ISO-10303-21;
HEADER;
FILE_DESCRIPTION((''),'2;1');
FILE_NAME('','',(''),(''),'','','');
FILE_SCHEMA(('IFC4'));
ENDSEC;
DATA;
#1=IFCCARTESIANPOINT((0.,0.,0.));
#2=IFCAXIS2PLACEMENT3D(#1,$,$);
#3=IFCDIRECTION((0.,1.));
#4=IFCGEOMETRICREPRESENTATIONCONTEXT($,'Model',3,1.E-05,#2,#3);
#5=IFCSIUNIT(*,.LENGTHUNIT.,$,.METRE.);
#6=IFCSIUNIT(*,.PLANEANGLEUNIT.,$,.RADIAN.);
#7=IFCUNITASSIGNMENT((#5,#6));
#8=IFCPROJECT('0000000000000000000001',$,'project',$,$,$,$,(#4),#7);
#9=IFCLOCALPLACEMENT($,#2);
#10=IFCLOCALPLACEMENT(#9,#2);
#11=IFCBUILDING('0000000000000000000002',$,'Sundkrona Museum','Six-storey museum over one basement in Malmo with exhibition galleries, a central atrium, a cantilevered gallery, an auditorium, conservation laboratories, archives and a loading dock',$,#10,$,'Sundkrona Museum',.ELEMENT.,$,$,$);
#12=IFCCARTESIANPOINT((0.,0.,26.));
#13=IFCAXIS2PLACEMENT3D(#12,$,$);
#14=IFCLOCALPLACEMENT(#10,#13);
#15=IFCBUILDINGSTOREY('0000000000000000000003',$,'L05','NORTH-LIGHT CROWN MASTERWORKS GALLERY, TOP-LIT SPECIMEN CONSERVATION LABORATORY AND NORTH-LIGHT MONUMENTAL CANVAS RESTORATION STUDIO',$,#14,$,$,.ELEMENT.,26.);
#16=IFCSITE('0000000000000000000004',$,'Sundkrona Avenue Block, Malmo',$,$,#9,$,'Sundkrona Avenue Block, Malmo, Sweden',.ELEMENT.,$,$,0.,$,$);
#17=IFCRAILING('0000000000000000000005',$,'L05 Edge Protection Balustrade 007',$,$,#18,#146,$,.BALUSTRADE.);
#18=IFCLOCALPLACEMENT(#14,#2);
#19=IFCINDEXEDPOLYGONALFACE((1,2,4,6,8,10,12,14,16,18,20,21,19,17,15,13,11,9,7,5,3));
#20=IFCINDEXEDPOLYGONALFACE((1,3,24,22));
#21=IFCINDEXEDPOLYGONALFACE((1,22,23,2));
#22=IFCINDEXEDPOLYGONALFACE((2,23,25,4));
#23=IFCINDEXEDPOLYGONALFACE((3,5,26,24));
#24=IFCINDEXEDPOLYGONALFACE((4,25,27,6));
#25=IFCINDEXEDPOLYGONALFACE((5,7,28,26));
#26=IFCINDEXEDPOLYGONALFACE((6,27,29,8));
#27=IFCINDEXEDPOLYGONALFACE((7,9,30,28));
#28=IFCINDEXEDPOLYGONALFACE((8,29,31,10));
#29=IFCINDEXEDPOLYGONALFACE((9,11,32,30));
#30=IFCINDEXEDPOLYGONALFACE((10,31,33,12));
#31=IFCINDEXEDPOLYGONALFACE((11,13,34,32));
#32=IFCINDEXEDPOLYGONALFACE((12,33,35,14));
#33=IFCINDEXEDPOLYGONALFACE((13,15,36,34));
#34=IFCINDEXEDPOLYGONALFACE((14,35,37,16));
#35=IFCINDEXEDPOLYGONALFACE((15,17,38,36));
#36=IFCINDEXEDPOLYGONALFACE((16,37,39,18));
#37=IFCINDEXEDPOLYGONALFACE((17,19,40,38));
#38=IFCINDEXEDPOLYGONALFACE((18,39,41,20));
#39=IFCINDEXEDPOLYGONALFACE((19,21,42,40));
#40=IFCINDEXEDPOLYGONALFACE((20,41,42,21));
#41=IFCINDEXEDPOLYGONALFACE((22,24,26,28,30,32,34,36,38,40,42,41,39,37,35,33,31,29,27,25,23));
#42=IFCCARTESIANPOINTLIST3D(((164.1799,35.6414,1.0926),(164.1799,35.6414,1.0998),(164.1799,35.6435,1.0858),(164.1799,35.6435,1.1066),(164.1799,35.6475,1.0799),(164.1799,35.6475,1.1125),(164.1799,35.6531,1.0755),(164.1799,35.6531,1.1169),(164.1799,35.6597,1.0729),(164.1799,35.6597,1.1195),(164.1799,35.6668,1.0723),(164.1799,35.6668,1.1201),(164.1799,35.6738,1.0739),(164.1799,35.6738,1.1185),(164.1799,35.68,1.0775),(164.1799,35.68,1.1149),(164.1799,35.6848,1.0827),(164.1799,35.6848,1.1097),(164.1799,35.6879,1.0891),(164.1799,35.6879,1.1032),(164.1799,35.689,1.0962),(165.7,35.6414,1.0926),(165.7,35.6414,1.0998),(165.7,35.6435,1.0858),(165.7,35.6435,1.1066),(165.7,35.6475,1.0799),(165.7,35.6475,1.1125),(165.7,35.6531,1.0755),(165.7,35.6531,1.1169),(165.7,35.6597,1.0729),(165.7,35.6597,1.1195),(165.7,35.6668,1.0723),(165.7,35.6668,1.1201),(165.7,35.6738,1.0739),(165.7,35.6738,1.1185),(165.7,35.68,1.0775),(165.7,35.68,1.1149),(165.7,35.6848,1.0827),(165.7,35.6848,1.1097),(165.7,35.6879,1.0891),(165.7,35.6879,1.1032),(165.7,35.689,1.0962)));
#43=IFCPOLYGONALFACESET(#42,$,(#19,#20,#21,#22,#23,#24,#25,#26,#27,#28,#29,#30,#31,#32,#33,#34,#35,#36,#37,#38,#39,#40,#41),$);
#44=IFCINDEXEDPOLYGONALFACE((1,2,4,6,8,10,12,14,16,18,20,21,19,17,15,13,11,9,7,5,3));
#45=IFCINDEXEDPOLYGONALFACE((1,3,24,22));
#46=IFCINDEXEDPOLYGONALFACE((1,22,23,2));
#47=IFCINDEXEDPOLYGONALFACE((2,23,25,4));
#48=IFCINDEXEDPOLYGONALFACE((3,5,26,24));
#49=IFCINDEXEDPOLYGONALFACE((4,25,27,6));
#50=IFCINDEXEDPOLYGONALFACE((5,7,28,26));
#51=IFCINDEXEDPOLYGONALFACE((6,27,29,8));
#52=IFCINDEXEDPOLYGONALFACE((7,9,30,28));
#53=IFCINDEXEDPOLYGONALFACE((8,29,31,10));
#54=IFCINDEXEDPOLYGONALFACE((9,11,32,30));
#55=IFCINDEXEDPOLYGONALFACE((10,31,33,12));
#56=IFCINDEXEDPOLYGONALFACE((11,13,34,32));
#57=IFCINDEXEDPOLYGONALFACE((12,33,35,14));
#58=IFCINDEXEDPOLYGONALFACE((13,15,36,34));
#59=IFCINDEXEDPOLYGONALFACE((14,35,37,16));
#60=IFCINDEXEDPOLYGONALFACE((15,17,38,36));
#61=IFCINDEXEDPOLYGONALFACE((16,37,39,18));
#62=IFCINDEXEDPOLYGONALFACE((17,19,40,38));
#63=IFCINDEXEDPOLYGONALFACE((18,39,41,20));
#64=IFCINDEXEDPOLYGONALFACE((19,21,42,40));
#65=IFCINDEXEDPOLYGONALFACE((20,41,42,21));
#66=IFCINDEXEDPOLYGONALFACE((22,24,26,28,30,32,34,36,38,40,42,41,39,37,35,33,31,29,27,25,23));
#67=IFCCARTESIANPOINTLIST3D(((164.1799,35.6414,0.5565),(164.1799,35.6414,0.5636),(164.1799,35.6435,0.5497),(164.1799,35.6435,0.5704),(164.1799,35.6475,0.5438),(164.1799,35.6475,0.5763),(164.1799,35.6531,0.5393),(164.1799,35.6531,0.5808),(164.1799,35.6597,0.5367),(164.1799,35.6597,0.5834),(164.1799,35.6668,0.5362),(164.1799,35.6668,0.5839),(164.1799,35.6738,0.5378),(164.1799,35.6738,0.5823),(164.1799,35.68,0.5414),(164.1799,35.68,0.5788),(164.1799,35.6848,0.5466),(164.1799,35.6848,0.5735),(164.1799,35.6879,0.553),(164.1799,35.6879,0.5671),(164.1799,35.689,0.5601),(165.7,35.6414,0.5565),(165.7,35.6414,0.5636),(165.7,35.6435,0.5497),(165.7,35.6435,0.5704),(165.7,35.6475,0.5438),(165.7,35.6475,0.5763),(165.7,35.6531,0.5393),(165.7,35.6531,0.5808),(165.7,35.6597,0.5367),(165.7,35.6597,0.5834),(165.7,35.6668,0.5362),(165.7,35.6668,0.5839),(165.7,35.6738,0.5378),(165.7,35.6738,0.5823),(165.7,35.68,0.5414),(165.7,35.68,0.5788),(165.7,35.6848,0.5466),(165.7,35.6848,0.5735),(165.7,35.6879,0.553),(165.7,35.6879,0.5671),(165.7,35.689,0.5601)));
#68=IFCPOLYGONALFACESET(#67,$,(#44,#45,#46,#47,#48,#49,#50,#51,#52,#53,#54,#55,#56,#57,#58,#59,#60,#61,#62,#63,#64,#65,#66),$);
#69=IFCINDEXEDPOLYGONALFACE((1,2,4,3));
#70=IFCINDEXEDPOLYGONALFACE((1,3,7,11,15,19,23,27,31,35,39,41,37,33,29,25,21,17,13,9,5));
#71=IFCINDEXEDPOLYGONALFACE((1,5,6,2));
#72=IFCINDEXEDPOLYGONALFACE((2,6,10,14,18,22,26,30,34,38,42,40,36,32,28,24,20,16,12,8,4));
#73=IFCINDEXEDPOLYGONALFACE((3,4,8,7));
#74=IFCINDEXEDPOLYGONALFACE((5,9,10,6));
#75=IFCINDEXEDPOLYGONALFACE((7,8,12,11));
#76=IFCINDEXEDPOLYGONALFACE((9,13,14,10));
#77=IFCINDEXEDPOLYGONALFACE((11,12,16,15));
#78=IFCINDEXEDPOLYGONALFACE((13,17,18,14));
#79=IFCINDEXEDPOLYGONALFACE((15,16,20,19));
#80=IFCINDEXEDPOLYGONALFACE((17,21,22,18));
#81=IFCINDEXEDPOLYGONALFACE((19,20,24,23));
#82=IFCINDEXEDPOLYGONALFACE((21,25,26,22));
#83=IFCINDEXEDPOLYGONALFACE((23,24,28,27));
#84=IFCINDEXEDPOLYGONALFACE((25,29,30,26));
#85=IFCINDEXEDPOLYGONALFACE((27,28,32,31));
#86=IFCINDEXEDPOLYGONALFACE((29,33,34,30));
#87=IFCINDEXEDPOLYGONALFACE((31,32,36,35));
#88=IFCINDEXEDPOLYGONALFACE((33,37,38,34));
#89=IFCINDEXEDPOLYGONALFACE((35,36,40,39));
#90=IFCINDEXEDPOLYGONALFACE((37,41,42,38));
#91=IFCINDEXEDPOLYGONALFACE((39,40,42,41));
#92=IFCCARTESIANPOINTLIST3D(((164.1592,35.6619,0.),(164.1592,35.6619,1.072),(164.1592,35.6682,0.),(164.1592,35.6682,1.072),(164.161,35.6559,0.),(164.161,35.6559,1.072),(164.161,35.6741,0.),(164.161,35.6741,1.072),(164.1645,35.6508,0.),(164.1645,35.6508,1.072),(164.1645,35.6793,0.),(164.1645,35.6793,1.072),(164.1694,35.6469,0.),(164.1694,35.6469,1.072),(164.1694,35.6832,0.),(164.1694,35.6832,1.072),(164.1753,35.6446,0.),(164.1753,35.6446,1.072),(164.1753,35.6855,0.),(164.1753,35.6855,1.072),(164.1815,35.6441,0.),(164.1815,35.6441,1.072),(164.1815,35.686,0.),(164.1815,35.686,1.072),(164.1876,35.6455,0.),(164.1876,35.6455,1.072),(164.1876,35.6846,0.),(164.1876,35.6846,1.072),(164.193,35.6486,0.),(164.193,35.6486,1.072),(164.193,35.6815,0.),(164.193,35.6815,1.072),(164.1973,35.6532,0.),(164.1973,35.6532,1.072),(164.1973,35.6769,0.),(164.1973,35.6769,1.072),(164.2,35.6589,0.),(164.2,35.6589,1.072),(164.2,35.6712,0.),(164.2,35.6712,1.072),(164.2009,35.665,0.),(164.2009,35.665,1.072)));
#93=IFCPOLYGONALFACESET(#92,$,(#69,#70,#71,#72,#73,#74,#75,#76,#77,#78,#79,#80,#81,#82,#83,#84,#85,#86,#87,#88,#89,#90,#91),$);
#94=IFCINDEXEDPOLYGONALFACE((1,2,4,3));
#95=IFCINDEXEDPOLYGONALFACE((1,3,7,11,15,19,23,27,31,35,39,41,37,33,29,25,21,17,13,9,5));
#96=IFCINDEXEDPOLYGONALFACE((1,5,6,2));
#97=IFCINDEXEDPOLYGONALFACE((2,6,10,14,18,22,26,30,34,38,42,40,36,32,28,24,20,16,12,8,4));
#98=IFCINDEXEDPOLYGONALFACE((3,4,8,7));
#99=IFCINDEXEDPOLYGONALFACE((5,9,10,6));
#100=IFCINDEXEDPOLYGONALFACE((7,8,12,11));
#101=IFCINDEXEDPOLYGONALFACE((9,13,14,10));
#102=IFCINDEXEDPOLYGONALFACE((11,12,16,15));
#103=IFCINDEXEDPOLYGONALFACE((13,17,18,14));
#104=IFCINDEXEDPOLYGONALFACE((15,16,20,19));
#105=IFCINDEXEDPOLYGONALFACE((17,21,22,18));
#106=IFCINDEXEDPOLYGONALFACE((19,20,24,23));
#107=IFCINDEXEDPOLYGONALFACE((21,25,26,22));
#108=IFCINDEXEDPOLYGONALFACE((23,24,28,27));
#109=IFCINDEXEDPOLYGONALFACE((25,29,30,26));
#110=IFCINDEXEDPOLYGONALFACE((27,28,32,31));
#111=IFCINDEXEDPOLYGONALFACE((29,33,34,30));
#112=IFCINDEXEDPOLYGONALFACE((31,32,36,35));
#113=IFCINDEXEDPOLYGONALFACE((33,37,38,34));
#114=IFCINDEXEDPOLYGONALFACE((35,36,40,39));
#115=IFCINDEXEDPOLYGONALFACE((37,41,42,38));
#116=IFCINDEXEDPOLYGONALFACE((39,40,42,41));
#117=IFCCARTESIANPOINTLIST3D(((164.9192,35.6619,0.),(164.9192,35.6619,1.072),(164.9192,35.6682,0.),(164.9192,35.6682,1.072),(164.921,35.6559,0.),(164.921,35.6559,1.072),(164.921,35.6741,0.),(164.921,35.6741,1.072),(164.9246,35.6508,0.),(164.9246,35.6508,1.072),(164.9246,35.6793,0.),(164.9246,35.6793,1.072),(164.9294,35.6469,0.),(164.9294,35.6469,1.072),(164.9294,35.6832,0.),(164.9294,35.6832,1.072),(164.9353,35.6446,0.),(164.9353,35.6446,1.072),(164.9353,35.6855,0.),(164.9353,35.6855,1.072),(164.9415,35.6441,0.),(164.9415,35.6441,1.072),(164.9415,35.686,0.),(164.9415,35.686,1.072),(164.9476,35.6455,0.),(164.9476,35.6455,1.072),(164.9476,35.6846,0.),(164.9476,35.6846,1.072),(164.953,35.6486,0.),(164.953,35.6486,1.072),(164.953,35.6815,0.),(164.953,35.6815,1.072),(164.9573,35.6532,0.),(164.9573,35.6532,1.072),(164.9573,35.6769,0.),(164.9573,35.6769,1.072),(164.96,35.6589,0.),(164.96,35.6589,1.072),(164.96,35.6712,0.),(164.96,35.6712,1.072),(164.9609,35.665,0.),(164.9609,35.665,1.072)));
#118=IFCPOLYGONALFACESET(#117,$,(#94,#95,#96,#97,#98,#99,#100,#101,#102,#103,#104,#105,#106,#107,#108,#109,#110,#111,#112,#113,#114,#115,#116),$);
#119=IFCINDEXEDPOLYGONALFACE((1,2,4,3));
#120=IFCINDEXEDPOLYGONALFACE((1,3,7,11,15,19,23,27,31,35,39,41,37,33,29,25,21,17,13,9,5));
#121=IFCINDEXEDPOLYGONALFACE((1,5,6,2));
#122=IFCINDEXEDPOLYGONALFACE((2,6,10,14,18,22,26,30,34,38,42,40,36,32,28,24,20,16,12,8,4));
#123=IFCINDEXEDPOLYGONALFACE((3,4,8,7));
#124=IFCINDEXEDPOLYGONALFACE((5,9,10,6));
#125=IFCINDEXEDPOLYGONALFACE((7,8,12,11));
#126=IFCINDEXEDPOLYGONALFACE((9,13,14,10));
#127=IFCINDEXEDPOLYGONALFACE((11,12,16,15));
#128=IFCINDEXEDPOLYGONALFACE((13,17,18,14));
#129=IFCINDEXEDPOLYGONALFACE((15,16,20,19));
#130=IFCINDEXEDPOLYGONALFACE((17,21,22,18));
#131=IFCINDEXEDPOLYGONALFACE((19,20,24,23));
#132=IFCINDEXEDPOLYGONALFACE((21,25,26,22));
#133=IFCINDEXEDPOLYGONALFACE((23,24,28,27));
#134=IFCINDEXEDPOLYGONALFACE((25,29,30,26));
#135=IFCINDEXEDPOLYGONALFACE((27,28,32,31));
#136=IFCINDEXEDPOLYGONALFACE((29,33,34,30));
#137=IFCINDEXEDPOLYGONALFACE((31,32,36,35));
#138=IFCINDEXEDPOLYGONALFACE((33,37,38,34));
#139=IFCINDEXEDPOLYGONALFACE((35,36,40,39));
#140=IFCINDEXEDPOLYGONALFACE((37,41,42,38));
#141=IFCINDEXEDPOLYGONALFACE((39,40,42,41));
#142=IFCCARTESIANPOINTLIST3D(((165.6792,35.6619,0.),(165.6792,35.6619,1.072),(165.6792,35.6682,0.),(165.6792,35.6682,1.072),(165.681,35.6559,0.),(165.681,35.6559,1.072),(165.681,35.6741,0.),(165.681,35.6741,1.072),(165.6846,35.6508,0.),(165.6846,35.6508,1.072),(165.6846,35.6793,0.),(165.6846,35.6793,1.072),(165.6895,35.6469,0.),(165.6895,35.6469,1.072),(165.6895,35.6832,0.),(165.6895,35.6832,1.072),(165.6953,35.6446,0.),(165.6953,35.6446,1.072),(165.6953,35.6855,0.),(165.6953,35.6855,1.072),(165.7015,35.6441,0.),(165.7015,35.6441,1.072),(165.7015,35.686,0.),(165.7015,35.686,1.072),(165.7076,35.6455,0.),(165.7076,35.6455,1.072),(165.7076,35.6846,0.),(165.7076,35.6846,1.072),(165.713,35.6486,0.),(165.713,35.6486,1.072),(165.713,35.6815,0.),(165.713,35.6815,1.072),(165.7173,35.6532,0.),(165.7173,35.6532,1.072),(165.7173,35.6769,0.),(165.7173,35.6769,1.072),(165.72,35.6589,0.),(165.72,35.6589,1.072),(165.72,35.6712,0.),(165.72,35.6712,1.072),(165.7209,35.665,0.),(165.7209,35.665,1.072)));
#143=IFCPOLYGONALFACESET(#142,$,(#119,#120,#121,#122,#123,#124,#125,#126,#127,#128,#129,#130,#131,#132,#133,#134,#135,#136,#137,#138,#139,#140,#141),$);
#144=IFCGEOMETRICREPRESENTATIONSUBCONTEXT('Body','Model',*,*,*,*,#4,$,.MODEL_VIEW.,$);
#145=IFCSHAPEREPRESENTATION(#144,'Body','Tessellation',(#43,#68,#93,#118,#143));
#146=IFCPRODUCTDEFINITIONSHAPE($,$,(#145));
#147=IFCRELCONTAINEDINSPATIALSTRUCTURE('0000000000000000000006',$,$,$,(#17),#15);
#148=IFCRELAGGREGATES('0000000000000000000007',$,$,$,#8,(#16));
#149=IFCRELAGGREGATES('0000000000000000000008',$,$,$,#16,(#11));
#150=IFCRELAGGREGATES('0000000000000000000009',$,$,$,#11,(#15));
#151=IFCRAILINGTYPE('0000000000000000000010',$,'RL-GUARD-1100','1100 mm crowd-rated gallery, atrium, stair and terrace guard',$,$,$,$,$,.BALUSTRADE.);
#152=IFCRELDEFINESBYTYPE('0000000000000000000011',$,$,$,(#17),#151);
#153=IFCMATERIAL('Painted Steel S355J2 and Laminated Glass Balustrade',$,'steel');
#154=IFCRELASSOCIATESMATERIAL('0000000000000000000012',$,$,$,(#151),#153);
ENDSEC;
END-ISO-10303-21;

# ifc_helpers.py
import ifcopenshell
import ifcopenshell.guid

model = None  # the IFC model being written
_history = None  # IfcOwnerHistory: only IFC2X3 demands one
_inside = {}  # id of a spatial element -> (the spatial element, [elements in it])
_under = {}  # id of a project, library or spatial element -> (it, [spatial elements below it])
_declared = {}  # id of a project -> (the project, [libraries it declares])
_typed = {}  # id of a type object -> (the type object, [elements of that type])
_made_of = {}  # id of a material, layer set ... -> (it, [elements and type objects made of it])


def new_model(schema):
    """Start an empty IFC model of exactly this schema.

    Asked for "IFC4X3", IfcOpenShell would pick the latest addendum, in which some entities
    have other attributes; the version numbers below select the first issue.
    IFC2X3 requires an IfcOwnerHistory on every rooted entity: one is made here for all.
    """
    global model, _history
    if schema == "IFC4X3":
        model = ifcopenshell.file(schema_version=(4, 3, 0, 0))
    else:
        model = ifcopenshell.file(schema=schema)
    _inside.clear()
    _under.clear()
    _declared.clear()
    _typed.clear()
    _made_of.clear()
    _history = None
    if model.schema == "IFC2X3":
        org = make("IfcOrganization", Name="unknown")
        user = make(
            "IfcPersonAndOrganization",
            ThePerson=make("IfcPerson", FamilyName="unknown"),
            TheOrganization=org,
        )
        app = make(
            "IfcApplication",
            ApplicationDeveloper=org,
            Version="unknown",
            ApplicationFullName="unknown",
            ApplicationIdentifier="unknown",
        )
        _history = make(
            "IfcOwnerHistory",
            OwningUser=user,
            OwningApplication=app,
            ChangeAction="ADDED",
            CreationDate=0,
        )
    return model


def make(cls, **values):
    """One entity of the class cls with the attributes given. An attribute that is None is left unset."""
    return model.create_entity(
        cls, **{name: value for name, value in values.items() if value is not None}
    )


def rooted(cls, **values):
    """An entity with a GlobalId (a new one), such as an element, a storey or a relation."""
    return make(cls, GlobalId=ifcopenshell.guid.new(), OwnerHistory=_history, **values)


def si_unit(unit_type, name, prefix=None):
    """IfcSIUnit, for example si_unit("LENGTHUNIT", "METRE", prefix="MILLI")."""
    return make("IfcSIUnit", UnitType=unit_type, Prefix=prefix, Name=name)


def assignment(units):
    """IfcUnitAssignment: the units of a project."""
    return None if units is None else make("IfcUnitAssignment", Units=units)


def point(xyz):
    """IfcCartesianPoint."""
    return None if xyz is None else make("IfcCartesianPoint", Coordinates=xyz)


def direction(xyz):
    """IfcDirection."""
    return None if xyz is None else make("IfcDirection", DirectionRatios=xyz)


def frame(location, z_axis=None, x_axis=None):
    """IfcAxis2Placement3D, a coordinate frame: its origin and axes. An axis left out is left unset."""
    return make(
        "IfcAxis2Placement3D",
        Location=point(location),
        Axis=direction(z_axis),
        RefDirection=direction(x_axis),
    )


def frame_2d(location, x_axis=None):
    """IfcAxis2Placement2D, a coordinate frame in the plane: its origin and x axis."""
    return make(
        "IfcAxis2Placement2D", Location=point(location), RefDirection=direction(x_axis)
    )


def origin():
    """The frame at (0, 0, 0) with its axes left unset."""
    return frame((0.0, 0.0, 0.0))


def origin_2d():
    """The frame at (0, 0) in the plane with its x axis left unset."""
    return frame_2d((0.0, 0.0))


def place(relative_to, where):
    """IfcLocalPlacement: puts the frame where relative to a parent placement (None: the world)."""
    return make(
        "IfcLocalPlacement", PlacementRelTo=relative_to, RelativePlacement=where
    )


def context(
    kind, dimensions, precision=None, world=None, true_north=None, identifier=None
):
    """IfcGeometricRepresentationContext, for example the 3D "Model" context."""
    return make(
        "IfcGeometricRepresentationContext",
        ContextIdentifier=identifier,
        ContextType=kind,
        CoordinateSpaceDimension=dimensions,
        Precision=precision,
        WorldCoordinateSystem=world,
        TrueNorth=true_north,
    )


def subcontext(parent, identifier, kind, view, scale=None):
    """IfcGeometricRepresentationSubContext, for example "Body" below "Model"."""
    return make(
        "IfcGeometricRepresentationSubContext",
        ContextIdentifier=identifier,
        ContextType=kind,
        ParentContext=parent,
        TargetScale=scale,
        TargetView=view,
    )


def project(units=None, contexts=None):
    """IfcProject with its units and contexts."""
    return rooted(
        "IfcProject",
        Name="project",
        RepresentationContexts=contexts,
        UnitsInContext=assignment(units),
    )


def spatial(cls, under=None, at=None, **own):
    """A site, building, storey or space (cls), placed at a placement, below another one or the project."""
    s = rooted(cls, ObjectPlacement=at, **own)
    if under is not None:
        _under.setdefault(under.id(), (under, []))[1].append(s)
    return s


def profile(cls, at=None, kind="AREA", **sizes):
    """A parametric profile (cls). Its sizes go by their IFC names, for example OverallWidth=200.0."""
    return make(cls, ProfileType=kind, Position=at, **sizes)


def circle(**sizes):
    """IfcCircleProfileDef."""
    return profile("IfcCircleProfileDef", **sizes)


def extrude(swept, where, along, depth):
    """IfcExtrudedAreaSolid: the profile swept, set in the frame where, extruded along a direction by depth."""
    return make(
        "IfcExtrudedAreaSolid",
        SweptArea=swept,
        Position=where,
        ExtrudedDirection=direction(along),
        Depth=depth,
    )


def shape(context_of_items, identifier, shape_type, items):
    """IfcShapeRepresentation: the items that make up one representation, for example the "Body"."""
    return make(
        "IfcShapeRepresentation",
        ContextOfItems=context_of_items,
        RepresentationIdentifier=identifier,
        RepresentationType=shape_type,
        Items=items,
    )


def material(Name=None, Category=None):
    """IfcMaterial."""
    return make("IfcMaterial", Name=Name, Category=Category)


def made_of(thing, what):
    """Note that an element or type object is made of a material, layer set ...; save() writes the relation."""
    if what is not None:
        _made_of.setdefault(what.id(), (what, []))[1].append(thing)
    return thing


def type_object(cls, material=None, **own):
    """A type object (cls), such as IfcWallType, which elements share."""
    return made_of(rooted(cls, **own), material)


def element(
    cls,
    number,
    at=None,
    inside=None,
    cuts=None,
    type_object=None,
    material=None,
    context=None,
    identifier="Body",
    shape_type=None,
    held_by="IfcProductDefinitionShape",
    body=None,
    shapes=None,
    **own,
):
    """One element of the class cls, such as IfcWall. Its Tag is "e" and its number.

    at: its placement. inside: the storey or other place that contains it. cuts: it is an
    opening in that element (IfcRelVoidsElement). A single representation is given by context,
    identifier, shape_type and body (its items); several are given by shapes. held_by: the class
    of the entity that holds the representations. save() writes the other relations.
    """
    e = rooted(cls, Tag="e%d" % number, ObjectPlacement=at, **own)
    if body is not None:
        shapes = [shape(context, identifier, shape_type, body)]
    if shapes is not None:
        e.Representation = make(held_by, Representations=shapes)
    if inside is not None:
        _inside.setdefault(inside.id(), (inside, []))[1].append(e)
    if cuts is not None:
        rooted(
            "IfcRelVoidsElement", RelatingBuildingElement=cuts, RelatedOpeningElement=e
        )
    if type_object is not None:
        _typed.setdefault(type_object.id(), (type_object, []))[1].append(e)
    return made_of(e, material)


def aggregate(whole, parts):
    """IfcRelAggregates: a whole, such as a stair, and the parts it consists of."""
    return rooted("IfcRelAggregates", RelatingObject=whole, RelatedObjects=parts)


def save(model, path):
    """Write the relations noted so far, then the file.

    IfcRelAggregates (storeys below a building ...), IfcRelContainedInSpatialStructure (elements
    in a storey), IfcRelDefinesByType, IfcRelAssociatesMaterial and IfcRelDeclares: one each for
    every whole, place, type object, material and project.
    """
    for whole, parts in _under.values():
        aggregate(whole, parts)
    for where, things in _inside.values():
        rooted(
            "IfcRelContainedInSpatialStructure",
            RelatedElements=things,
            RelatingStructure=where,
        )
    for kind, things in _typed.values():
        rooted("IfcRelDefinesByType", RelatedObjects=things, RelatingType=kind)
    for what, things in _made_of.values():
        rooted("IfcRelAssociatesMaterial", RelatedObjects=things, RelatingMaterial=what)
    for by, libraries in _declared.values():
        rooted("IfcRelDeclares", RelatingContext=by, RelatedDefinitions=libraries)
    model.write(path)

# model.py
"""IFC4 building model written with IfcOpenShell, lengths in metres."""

from ifc_helpers import new_model, si_unit, direction, frame, origin, origin_2d, place, context, subcontext, project, spatial, circle, extrude, material, type_object, element, save


model = new_model("IFC4")

# Units and contexts
model_context = context("Model", 3, precision=1e-05, world=origin(), true_north=direction((0.0, 1.0)))
body_context = subcontext(model_context, "Body", "Model", "MODEL_VIEW")
ifc_project = project(units=[si_unit("LENGTHUNIT", "METRE"), si_unit("PLANEANGLEUNIT", "RADIAN")], contexts=[model_context])

# Site, building, storey
site_placement = place(None, origin())
site = spatial("IfcSite", under=ifc_project, at=site_placement, Name="Sundkrona Avenue Block, Malmo", LongName="Sundkrona Avenue Block, Malmo, Sweden", CompositionType="ELEMENT", RefElevation=0.0)
building_placement = place(site_placement, origin())
building = spatial("IfcBuilding", under=site, at=building_placement, Name="Sundkrona Museum", Description="Six-storey museum over one basement in Malmo with exhibition galleries, a central atrium, a cantilevered gallery, an auditorium, conservation laboratories, archives and a loading dock", LongName="Sundkrona Museum", CompositionType="ELEMENT")
storey_placement = place(building_placement, frame((0.0, 0.0, 26.0)))
storey = spatial("IfcBuildingStorey", under=building, at=storey_placement, Name="L05", Description="NORTH-LIGHT CROWN MASTERWORKS GALLERY, TOP-LIT SPECIMEN CONSERVATION LABORATORY AND NORTH-LIGHT MONUMENTAL CANVAS RESTORATION STUDIO", CompositionType="ELEMENT", Elevation=26.0)

# Railing
ifc_material_1 = material(Name="Painted Steel S355J2 and Laminated Glass Balustrade", Category="steel")
railing_type = type_object("IfcRailingType", Name="RL-GUARD-1100", Description="1100 mm crowd-rated gallery, atrium, stair and terrace guard", PredefinedType="BALUSTRADE", material=ifc_material_1)
railing_1_placement = place(storey_placement, frame((164.1799, 35.665, 0.0)))
element("IfcRailing", 1, at=railing_1_placement, inside=storey, type_object=railing_type, Name="L05 Edge Protection Balustrade 007", PredefinedType="BALUSTRADE", context=body_context, shape_type="SweptSolid", body=[
    extrude(circle(Radius=0.0239, at=origin_2d()), frame((0.0, 0.0, 1.0962), z_axis=(1.0, 0.0, 0.0), x_axis=(0.0, 1.0, 0.0)), (0.0, 0.0, 1.0), 1.52),
    extrude(circle(Radius=0.0239, at=origin_2d()), frame((0.0, 0.0, 0.5601), z_axis=(1.0, 0.0, 0.0), x_axis=(0.0, 1.0, 0.0)), (0.0, 0.0, 1.0), 1.52),
    extrude(circle(Radius=0.021, at=origin_2d()), origin(), (0.0, 0.0, 1.0), 1.072),
    extrude(circle(Radius=0.021, at=origin_2d()), frame((0.76, 0.0, 0.0)), (0.0, 0.0, 1.0), 1.072),
    extrude(circle(Radius=0.021, at=origin_2d()), frame((1.52, 0.0, 0.0)), (0.0, 0.0, 1.0), 1.072),
])

save(model, "model.ifc")
